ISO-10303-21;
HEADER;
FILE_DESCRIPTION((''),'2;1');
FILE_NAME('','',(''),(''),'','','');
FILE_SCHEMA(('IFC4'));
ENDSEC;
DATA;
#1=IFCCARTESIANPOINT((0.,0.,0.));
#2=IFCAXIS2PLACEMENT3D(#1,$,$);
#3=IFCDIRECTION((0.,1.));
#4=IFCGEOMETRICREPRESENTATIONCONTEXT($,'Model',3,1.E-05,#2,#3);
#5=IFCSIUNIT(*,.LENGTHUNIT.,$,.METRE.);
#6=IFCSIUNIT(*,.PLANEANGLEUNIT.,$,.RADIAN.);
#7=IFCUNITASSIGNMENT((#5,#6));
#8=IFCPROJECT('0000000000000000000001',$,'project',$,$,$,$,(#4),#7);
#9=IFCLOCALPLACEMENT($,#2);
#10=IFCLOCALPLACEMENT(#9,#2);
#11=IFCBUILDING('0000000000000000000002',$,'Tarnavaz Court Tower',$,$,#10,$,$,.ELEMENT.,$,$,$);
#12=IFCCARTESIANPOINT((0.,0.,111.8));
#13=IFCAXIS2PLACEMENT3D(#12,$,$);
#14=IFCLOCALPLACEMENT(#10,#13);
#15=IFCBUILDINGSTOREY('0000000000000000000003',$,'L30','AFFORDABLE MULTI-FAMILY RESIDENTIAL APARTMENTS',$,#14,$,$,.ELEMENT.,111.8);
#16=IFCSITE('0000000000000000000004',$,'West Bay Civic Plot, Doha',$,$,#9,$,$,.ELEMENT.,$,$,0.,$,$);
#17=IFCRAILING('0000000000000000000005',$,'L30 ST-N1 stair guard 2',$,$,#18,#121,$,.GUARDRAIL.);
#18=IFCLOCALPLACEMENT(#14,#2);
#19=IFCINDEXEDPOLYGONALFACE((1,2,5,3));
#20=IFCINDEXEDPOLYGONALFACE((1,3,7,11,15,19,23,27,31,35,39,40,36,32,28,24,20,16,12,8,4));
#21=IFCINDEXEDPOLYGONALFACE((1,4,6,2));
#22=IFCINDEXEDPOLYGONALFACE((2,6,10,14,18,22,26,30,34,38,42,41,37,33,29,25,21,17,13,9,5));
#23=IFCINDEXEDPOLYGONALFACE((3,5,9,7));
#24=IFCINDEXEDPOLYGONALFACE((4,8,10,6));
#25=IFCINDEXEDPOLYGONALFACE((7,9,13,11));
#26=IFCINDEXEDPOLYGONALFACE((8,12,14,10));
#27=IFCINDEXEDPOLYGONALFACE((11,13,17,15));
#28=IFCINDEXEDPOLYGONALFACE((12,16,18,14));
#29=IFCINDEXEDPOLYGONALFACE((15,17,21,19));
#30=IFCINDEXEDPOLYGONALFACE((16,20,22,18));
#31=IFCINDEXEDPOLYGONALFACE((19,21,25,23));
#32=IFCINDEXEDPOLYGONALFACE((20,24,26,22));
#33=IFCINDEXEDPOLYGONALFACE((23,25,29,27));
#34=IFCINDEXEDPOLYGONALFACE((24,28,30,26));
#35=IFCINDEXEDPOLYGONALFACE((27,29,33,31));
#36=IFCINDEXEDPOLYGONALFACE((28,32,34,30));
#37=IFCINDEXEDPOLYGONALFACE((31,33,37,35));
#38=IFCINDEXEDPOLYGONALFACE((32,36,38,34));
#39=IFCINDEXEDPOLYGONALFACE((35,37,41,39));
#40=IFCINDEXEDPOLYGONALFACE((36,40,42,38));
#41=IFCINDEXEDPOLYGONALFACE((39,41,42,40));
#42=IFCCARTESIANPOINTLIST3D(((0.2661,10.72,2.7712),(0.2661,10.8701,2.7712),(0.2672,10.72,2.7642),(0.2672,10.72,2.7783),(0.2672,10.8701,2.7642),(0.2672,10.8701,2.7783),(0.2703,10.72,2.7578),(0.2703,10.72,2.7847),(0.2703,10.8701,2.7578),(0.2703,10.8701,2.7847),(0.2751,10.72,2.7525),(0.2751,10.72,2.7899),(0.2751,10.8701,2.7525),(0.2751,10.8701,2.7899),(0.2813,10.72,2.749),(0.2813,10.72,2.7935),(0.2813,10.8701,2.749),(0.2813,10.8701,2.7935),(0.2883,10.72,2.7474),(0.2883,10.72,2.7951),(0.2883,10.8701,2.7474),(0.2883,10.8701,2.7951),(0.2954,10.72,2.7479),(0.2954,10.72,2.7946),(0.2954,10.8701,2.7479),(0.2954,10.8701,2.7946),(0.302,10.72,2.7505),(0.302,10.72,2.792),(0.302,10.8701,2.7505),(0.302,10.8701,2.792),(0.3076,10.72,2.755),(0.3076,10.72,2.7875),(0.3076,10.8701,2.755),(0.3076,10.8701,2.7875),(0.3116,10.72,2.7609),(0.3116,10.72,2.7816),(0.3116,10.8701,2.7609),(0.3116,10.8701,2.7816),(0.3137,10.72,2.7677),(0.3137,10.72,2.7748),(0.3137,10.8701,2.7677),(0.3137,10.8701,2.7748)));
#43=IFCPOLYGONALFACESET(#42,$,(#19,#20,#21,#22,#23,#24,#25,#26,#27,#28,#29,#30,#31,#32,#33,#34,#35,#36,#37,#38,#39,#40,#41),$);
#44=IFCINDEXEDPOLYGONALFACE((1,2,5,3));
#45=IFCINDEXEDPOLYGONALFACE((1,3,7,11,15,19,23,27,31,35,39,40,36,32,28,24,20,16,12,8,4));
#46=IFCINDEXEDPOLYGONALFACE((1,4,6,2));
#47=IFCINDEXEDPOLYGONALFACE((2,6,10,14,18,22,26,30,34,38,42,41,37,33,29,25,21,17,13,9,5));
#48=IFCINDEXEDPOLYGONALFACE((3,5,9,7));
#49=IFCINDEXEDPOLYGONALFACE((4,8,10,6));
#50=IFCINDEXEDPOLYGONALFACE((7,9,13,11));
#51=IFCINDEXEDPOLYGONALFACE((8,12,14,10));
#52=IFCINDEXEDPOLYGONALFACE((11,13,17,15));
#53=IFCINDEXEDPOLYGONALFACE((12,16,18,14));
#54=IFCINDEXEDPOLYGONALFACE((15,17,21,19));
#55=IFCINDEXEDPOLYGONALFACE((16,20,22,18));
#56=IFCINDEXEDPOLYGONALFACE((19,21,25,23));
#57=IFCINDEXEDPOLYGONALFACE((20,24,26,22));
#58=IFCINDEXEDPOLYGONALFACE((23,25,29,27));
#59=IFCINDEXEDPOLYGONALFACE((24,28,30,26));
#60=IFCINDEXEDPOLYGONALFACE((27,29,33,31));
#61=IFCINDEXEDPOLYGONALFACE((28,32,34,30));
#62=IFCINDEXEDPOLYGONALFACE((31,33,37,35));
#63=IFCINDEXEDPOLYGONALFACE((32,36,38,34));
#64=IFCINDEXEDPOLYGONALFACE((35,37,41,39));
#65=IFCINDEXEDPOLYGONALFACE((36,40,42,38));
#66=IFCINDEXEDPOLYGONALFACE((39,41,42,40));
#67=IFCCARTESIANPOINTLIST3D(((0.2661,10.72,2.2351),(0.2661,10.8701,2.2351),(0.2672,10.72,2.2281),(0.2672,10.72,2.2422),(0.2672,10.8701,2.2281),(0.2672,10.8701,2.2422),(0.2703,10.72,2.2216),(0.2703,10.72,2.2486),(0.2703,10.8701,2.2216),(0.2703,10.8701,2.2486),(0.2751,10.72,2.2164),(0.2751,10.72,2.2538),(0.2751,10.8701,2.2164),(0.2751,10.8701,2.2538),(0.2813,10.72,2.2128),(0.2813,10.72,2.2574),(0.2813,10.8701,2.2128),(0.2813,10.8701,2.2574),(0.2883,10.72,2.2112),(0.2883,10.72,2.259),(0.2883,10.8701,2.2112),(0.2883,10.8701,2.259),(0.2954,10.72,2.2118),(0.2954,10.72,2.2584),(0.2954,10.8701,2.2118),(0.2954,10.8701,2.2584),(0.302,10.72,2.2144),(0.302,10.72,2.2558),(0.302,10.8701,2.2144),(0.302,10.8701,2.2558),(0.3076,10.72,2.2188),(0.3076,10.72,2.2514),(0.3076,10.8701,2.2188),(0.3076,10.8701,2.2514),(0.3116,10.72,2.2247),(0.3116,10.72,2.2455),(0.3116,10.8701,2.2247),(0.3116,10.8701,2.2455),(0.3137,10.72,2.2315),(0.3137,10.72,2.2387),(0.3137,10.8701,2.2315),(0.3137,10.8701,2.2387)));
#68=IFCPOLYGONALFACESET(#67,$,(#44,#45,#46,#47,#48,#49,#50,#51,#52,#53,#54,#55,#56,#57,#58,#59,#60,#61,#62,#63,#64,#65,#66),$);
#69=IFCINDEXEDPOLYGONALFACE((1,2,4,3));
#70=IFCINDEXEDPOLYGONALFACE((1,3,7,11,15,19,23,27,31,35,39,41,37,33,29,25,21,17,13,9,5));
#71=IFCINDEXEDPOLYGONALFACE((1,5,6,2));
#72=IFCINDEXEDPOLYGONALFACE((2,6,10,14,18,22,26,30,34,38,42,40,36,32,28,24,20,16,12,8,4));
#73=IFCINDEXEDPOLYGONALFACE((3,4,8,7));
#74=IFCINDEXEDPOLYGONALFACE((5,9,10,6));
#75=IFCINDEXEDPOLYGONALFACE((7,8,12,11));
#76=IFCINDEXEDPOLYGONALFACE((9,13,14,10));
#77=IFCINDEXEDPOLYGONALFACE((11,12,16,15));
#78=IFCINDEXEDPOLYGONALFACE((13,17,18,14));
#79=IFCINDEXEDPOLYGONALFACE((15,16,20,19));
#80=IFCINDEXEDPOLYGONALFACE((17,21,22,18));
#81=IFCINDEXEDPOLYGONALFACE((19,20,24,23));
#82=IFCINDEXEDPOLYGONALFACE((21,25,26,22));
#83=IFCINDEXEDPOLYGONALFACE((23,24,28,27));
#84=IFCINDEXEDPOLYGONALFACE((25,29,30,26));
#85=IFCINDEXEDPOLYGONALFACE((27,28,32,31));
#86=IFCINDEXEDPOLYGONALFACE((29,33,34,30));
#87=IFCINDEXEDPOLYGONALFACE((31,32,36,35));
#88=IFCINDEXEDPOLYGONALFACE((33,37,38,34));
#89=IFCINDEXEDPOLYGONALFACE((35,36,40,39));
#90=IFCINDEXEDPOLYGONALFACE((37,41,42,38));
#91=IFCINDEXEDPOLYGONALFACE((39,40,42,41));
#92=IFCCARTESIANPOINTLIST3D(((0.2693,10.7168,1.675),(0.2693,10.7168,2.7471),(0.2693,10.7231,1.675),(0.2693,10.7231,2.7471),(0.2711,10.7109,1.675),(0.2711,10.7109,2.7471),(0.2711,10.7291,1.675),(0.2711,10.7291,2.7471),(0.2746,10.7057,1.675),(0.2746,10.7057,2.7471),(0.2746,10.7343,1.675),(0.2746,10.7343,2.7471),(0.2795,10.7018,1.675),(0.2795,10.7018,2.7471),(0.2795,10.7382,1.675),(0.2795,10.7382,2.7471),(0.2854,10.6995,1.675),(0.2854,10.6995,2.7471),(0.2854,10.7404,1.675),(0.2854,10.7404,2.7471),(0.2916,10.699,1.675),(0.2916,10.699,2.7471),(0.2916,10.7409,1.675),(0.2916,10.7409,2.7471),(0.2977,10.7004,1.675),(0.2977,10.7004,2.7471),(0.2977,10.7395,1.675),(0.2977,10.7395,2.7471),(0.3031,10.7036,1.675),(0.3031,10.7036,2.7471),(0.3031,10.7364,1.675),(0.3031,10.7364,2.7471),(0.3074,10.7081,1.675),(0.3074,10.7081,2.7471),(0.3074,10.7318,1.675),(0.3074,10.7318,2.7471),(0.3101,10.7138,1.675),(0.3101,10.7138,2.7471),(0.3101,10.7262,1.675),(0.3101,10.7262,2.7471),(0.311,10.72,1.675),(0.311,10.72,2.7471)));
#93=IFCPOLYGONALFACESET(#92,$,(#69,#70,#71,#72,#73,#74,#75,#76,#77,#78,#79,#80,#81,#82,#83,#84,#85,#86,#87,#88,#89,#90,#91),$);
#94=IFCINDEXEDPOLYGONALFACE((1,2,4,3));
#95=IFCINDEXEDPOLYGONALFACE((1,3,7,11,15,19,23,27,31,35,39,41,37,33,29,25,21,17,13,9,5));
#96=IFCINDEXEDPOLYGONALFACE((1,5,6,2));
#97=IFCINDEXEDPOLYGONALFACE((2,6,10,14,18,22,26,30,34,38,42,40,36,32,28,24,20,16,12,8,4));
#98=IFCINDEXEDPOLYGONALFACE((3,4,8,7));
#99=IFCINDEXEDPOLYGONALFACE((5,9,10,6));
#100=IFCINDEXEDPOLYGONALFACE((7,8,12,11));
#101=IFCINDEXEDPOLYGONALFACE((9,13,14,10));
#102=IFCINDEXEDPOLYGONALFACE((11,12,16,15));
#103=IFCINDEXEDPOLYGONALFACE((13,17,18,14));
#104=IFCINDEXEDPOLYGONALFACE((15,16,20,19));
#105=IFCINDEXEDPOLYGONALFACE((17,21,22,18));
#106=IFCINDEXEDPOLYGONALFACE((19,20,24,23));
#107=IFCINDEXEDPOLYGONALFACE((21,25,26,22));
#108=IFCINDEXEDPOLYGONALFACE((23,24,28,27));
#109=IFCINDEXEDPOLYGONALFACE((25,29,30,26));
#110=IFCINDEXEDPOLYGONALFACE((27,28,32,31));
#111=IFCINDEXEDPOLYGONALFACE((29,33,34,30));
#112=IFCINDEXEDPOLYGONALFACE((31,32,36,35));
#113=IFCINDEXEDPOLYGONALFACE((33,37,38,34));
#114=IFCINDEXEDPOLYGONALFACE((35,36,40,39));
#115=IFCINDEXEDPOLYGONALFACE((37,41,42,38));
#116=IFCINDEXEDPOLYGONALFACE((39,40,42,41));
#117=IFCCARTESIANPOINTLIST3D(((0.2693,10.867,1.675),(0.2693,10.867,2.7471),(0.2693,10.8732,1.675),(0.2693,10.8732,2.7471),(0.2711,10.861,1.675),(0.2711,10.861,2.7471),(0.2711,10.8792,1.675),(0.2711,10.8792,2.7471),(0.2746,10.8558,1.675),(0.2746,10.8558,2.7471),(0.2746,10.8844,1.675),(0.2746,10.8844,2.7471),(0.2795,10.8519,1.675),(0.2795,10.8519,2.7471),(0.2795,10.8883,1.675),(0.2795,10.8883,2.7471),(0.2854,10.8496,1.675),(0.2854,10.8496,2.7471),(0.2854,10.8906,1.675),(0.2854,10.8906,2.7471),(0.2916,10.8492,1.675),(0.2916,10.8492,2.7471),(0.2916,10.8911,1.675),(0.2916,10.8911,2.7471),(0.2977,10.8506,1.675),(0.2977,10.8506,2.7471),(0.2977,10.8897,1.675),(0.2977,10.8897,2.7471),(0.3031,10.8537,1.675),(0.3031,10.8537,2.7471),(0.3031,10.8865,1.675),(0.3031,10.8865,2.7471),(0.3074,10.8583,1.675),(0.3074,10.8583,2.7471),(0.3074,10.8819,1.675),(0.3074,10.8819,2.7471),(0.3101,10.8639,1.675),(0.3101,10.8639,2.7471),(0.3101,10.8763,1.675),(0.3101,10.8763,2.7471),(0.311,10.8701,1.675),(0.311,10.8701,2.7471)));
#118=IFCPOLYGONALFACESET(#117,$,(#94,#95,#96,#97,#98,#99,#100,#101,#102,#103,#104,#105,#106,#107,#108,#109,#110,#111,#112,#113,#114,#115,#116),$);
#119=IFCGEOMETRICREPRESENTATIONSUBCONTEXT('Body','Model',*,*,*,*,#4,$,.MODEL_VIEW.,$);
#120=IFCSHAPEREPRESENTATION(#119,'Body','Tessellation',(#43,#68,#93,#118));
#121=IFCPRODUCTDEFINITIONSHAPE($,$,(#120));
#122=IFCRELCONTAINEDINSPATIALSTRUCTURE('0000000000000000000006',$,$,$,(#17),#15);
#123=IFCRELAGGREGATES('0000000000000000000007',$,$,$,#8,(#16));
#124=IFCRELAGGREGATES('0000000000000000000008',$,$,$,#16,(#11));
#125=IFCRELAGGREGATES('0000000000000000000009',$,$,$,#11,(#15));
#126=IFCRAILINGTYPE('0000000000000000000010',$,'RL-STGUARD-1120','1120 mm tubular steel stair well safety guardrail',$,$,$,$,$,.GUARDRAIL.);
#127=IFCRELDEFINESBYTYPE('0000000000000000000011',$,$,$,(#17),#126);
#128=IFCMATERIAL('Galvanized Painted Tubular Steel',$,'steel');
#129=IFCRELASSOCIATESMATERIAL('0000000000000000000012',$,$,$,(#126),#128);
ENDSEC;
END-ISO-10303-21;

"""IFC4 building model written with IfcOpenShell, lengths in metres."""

from ifc_helpers import new_model, si_unit, direction, frame, origin, origin_2d, place, context, subcontext, project, spatial, circle, extrude, material, type_object, element, save


model = new_model("IFC4")

# Units and contexts
model_context = context("Model", 3, precision=1e-05, world=origin(), true_north=direction((0.0, 1.0)))
body_context = subcontext(model_context, "Body", "Model", "MODEL_VIEW")
ifc_project = project(units=[si_unit("LENGTHUNIT", "METRE"), si_unit("PLANEANGLEUNIT", "RADIAN")], contexts=[model_context])

# Site, building, storey
site_placement = place(None, origin())
site = spatial("IfcSite", under=ifc_project, at=site_placement, Name="West Bay Civic Plot, Doha", CompositionType="ELEMENT", RefElevation=0.0)
building_placement = place(site_placement, origin())
building = spatial("IfcBuilding", under=site, at=building_placement, Name="Tarnavaz Court Tower", CompositionType="ELEMENT")
storey_placement = place(building_placement, frame((0.0, 0.0, 111.8)))
storey = spatial("IfcBuildingStorey", under=building, at=storey_placement, Name="L30", Description="AFFORDABLE MULTI-FAMILY RESIDENTIAL APARTMENTS", CompositionType="ELEMENT", Elevation=111.8)

# Railing
ifc_material_1 = material(Name="Galvanized Painted Tubular Steel", Category="steel")
railing_type_1 = type_object("IfcRailingType", Name="RL-STGUARD-1120", Description="1120 mm tubular steel stair well safety guardrail", PredefinedType="GUARDRAIL", material=ifc_material_1)
railing_1_placement = place(storey_placement, frame((0.29, 10.72, 1.675)))
element("IfcRailing", 1, at=railing_1_placement, inside=storey, type_object=railing_type_1, Name="L30 ST-N1 stair guard 2", PredefinedType="GUARDRAIL", context=body_context, shape_type="SweptSolid", body=[
    extrude(circle(Radius=0.0239, at=origin_2d()), frame((0.0, 0.0, 1.0962), z_axis=(0.0, 1.0, 0.0), x_axis=(-1.0, 0.0, 0.0)), (0.0, 0.0, 1.0), 0.1501),
    extrude(circle(Radius=0.0239, at=origin_2d()), frame((0.0, 0.0, 0.5601), z_axis=(0.0, 1.0, 0.0), x_axis=(-1.0, 0.0, 0.0)), (0.0, 0.0, 1.0), 0.1501),
    extrude(circle(Radius=0.021, at=origin_2d()), origin(), (0.0, 0.0, 1.0), 1.072),
    extrude(circle(Radius=0.021, at=origin_2d()), frame((0.0, 0.1501, 0.0)), (0.0, 0.0, 1.0), 1.072),
])

save(model, "model.ifc")
